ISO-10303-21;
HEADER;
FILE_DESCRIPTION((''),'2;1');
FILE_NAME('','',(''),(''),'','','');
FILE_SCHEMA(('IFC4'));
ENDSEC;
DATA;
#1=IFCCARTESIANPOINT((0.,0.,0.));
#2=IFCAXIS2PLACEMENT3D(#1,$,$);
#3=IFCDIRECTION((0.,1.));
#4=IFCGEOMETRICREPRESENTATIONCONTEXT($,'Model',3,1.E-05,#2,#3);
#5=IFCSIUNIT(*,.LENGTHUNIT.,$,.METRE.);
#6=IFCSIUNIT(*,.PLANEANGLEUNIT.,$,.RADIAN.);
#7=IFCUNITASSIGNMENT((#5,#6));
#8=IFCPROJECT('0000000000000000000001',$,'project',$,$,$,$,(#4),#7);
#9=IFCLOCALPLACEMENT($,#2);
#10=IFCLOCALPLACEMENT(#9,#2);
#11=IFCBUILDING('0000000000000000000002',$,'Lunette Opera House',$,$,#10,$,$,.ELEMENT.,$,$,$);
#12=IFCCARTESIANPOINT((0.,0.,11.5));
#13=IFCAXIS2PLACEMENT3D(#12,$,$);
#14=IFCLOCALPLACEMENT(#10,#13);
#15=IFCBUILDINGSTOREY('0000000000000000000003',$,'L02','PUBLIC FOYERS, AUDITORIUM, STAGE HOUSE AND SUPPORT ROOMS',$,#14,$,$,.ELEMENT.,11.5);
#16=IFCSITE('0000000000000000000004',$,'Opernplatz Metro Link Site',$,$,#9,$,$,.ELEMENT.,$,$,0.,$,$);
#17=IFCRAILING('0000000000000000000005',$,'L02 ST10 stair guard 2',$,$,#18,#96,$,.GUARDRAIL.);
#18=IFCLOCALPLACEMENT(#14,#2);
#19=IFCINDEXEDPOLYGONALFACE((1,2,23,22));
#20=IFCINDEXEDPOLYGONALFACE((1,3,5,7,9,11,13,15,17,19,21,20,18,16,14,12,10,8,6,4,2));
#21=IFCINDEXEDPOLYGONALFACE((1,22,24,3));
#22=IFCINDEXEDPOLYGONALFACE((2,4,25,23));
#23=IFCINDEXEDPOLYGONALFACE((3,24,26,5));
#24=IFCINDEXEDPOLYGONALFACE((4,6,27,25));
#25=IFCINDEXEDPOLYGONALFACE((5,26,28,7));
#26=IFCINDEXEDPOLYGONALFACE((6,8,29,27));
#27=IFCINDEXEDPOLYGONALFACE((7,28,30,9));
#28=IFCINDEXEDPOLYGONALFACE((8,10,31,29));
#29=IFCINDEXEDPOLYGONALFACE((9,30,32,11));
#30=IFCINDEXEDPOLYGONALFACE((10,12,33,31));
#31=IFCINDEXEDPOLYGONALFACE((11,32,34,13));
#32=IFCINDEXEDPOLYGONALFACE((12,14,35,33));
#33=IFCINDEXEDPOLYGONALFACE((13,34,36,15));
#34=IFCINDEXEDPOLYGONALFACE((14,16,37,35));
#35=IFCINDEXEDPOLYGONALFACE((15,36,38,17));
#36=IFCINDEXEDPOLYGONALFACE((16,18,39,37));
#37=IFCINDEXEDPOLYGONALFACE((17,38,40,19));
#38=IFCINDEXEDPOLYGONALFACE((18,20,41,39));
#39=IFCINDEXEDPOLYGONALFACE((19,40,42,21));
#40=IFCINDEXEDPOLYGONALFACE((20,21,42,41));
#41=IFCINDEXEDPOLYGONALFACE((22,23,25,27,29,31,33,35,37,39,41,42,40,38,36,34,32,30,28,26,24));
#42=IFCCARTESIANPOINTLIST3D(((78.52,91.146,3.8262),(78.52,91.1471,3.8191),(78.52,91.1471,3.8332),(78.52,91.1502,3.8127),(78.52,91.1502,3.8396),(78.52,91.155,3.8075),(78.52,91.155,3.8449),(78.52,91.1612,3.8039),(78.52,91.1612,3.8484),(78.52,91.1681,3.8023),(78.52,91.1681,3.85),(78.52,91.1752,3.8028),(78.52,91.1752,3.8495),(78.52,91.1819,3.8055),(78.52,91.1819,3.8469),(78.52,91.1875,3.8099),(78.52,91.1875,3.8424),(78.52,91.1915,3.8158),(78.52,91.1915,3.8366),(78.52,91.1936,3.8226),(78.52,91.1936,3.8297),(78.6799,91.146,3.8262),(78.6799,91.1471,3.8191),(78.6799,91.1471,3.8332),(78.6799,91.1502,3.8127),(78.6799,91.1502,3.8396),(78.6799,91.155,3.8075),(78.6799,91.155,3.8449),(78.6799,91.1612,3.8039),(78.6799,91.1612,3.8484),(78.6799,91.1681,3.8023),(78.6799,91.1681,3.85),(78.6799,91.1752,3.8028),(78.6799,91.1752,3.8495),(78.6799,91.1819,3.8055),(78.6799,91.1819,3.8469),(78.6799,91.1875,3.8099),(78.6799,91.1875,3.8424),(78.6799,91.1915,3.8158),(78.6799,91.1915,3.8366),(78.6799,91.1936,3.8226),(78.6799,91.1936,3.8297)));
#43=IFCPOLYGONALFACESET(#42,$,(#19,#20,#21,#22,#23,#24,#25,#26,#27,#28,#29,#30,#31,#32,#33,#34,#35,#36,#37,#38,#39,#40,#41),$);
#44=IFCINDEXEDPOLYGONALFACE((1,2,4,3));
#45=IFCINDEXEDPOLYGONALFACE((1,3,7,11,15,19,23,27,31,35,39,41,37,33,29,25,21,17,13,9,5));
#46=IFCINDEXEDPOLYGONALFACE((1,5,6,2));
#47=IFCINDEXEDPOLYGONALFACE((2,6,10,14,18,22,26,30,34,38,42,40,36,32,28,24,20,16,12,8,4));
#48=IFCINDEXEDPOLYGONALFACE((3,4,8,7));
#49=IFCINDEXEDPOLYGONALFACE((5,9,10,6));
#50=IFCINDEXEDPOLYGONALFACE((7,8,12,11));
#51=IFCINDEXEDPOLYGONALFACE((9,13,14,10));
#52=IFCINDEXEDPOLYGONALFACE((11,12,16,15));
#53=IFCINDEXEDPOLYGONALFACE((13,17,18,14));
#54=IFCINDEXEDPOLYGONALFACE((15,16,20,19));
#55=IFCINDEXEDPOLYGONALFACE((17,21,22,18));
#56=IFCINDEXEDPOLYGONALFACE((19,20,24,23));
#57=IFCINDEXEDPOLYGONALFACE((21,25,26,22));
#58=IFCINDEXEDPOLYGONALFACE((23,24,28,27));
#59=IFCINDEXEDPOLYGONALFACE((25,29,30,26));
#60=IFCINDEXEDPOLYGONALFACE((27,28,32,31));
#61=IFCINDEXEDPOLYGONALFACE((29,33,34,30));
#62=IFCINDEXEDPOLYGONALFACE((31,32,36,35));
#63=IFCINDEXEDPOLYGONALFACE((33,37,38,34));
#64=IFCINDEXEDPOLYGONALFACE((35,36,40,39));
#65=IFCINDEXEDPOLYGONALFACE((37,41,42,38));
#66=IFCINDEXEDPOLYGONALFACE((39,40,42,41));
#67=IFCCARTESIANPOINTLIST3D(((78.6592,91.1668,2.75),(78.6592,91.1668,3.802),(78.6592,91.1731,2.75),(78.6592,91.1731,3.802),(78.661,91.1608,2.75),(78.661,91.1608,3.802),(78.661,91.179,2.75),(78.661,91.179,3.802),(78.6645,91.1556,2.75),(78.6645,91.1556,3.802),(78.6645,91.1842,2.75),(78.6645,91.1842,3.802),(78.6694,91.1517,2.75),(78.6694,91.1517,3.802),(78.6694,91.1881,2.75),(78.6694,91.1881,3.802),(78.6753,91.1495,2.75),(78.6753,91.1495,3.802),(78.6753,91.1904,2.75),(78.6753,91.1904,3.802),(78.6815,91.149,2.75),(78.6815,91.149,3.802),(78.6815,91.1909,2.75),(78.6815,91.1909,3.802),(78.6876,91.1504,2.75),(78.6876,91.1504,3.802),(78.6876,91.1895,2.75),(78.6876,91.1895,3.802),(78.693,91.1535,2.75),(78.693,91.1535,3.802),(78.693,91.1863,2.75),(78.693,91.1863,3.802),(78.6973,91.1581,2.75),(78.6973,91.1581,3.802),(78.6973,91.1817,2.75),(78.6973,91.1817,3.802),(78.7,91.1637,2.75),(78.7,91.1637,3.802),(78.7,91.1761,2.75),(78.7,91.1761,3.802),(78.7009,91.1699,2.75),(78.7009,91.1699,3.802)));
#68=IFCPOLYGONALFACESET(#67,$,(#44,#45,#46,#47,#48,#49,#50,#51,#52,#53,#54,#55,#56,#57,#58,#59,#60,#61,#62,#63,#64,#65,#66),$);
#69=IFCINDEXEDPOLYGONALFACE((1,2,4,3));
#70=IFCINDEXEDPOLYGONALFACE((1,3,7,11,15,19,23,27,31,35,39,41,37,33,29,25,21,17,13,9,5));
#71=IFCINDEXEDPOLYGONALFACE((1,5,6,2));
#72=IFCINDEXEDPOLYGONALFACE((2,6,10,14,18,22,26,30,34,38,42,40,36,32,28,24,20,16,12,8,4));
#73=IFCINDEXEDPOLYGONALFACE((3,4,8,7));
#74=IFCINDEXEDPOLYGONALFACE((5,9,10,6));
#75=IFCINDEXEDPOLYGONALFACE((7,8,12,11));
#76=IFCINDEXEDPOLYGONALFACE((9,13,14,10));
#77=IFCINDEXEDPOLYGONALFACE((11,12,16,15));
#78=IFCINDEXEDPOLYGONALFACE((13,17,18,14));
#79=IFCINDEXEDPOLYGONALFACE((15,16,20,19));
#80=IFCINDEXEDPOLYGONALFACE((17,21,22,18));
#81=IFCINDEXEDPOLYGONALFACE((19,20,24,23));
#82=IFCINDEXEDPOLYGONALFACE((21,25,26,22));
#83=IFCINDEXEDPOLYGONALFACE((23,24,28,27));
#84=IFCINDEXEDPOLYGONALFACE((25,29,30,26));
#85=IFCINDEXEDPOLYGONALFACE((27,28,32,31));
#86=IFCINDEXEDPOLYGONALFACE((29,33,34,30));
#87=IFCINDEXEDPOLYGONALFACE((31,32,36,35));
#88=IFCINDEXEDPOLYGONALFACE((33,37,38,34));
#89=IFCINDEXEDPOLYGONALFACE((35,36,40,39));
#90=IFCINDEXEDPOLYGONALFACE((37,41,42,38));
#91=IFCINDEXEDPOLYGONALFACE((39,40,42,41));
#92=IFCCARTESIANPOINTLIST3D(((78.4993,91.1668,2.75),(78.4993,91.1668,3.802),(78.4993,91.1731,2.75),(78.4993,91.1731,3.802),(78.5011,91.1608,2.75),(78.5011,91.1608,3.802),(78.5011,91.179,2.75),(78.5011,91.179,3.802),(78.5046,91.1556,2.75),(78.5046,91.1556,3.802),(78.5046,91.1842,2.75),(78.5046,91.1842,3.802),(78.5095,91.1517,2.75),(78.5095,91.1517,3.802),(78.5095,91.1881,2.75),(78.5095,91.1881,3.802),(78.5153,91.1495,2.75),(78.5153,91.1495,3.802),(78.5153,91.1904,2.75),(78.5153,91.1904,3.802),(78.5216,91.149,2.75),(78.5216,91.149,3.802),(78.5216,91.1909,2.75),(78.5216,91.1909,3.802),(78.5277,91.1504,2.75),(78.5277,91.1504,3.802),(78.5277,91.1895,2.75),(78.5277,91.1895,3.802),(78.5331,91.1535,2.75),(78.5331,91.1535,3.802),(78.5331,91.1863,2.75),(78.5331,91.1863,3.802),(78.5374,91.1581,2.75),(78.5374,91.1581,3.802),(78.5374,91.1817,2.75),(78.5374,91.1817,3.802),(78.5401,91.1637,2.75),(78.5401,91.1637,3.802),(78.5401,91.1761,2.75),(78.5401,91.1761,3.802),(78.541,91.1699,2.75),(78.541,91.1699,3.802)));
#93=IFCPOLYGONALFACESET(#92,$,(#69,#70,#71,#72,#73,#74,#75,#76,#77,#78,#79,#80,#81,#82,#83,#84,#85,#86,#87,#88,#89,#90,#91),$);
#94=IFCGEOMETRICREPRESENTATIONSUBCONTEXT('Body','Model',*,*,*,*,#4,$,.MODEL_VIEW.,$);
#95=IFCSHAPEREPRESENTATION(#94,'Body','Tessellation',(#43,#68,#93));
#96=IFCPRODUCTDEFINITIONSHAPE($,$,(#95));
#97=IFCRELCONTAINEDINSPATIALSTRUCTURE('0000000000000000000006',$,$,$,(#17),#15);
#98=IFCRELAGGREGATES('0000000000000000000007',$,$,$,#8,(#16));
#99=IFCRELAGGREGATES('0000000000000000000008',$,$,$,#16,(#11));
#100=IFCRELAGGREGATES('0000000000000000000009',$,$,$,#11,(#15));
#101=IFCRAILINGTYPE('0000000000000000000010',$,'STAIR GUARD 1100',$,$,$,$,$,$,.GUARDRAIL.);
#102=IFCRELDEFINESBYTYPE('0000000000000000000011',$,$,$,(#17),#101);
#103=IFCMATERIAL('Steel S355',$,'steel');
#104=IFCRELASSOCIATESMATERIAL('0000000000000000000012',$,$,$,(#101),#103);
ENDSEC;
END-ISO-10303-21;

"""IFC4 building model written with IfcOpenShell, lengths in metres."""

from ifc_helpers import new_model, si_unit, direction, frame, origin, origin_2d, place, context, subcontext, project, spatial, circle, extrude, material, type_object, element, save


model = new_model("IFC4")

# Units and contexts
model_context = context("Model", 3, precision=1e-05, world=origin(), true_north=direction((0.0, 1.0)))
body_context = subcontext(model_context, "Body", "Model", "MODEL_VIEW")
ifc_project = project(units=[si_unit("LENGTHUNIT", "METRE"), si_unit("PLANEANGLEUNIT", "RADIAN")], contexts=[model_context])

# Site, building, storey
site_placement = place(None, origin())
site = spatial("IfcSite", under=ifc_project, at=site_placement, Name="Opernplatz Metro Link Site", CompositionType="ELEMENT", RefElevation=0.0)
building_placement = place(site_placement, origin())
building = spatial("IfcBuilding", under=site, at=building_placement, Name="Lunette Opera House", CompositionType="ELEMENT")
storey_placement = place(building_placement, frame((0.0, 0.0, 11.5)))
storey = spatial("IfcBuildingStorey", under=building, at=storey_placement, Name="L02", Description="PUBLIC FOYERS, AUDITORIUM, STAGE HOUSE AND SUPPORT ROOMS", CompositionType="ELEMENT", Elevation=11.5)

# Railing
ifc_material_1 = material(Name="Steel S355", Category="steel")
railing_type_1 = type_object("IfcRailingType", Name="STAIR GUARD 1100", PredefinedType="GUARDRAIL", material=ifc_material_1)
railing_1_placement = place(storey_placement, frame((78.6799, 91.1699, 2.75)))
element("IfcRailing", 1, at=railing_1_placement, inside=storey, type_object=railing_type_1, Name="L02 ST10 stair guard 2", PredefinedType="GUARDRAIL", context=body_context, shape_type="SweptSolid", body=[
    extrude(circle(Radius=0.0239, at=origin_2d()), frame((0.0, 0.0, 1.0762), z_axis=(-1.0, 0.0, 0.0), x_axis=(0.0, -1.0, 0.0)), (0.0, 0.0, 1.0), 0.1599),
    extrude(circle(Radius=0.021, at=origin_2d()), origin(), (0.0, 0.0, 1.0), 1.052),
    extrude(circle(Radius=0.021, at=origin_2d()), frame((-0.1599, 0.0, 0.0)), (0.0, 0.0, 1.0), 1.052),
])

save(model, "model.ifc")
